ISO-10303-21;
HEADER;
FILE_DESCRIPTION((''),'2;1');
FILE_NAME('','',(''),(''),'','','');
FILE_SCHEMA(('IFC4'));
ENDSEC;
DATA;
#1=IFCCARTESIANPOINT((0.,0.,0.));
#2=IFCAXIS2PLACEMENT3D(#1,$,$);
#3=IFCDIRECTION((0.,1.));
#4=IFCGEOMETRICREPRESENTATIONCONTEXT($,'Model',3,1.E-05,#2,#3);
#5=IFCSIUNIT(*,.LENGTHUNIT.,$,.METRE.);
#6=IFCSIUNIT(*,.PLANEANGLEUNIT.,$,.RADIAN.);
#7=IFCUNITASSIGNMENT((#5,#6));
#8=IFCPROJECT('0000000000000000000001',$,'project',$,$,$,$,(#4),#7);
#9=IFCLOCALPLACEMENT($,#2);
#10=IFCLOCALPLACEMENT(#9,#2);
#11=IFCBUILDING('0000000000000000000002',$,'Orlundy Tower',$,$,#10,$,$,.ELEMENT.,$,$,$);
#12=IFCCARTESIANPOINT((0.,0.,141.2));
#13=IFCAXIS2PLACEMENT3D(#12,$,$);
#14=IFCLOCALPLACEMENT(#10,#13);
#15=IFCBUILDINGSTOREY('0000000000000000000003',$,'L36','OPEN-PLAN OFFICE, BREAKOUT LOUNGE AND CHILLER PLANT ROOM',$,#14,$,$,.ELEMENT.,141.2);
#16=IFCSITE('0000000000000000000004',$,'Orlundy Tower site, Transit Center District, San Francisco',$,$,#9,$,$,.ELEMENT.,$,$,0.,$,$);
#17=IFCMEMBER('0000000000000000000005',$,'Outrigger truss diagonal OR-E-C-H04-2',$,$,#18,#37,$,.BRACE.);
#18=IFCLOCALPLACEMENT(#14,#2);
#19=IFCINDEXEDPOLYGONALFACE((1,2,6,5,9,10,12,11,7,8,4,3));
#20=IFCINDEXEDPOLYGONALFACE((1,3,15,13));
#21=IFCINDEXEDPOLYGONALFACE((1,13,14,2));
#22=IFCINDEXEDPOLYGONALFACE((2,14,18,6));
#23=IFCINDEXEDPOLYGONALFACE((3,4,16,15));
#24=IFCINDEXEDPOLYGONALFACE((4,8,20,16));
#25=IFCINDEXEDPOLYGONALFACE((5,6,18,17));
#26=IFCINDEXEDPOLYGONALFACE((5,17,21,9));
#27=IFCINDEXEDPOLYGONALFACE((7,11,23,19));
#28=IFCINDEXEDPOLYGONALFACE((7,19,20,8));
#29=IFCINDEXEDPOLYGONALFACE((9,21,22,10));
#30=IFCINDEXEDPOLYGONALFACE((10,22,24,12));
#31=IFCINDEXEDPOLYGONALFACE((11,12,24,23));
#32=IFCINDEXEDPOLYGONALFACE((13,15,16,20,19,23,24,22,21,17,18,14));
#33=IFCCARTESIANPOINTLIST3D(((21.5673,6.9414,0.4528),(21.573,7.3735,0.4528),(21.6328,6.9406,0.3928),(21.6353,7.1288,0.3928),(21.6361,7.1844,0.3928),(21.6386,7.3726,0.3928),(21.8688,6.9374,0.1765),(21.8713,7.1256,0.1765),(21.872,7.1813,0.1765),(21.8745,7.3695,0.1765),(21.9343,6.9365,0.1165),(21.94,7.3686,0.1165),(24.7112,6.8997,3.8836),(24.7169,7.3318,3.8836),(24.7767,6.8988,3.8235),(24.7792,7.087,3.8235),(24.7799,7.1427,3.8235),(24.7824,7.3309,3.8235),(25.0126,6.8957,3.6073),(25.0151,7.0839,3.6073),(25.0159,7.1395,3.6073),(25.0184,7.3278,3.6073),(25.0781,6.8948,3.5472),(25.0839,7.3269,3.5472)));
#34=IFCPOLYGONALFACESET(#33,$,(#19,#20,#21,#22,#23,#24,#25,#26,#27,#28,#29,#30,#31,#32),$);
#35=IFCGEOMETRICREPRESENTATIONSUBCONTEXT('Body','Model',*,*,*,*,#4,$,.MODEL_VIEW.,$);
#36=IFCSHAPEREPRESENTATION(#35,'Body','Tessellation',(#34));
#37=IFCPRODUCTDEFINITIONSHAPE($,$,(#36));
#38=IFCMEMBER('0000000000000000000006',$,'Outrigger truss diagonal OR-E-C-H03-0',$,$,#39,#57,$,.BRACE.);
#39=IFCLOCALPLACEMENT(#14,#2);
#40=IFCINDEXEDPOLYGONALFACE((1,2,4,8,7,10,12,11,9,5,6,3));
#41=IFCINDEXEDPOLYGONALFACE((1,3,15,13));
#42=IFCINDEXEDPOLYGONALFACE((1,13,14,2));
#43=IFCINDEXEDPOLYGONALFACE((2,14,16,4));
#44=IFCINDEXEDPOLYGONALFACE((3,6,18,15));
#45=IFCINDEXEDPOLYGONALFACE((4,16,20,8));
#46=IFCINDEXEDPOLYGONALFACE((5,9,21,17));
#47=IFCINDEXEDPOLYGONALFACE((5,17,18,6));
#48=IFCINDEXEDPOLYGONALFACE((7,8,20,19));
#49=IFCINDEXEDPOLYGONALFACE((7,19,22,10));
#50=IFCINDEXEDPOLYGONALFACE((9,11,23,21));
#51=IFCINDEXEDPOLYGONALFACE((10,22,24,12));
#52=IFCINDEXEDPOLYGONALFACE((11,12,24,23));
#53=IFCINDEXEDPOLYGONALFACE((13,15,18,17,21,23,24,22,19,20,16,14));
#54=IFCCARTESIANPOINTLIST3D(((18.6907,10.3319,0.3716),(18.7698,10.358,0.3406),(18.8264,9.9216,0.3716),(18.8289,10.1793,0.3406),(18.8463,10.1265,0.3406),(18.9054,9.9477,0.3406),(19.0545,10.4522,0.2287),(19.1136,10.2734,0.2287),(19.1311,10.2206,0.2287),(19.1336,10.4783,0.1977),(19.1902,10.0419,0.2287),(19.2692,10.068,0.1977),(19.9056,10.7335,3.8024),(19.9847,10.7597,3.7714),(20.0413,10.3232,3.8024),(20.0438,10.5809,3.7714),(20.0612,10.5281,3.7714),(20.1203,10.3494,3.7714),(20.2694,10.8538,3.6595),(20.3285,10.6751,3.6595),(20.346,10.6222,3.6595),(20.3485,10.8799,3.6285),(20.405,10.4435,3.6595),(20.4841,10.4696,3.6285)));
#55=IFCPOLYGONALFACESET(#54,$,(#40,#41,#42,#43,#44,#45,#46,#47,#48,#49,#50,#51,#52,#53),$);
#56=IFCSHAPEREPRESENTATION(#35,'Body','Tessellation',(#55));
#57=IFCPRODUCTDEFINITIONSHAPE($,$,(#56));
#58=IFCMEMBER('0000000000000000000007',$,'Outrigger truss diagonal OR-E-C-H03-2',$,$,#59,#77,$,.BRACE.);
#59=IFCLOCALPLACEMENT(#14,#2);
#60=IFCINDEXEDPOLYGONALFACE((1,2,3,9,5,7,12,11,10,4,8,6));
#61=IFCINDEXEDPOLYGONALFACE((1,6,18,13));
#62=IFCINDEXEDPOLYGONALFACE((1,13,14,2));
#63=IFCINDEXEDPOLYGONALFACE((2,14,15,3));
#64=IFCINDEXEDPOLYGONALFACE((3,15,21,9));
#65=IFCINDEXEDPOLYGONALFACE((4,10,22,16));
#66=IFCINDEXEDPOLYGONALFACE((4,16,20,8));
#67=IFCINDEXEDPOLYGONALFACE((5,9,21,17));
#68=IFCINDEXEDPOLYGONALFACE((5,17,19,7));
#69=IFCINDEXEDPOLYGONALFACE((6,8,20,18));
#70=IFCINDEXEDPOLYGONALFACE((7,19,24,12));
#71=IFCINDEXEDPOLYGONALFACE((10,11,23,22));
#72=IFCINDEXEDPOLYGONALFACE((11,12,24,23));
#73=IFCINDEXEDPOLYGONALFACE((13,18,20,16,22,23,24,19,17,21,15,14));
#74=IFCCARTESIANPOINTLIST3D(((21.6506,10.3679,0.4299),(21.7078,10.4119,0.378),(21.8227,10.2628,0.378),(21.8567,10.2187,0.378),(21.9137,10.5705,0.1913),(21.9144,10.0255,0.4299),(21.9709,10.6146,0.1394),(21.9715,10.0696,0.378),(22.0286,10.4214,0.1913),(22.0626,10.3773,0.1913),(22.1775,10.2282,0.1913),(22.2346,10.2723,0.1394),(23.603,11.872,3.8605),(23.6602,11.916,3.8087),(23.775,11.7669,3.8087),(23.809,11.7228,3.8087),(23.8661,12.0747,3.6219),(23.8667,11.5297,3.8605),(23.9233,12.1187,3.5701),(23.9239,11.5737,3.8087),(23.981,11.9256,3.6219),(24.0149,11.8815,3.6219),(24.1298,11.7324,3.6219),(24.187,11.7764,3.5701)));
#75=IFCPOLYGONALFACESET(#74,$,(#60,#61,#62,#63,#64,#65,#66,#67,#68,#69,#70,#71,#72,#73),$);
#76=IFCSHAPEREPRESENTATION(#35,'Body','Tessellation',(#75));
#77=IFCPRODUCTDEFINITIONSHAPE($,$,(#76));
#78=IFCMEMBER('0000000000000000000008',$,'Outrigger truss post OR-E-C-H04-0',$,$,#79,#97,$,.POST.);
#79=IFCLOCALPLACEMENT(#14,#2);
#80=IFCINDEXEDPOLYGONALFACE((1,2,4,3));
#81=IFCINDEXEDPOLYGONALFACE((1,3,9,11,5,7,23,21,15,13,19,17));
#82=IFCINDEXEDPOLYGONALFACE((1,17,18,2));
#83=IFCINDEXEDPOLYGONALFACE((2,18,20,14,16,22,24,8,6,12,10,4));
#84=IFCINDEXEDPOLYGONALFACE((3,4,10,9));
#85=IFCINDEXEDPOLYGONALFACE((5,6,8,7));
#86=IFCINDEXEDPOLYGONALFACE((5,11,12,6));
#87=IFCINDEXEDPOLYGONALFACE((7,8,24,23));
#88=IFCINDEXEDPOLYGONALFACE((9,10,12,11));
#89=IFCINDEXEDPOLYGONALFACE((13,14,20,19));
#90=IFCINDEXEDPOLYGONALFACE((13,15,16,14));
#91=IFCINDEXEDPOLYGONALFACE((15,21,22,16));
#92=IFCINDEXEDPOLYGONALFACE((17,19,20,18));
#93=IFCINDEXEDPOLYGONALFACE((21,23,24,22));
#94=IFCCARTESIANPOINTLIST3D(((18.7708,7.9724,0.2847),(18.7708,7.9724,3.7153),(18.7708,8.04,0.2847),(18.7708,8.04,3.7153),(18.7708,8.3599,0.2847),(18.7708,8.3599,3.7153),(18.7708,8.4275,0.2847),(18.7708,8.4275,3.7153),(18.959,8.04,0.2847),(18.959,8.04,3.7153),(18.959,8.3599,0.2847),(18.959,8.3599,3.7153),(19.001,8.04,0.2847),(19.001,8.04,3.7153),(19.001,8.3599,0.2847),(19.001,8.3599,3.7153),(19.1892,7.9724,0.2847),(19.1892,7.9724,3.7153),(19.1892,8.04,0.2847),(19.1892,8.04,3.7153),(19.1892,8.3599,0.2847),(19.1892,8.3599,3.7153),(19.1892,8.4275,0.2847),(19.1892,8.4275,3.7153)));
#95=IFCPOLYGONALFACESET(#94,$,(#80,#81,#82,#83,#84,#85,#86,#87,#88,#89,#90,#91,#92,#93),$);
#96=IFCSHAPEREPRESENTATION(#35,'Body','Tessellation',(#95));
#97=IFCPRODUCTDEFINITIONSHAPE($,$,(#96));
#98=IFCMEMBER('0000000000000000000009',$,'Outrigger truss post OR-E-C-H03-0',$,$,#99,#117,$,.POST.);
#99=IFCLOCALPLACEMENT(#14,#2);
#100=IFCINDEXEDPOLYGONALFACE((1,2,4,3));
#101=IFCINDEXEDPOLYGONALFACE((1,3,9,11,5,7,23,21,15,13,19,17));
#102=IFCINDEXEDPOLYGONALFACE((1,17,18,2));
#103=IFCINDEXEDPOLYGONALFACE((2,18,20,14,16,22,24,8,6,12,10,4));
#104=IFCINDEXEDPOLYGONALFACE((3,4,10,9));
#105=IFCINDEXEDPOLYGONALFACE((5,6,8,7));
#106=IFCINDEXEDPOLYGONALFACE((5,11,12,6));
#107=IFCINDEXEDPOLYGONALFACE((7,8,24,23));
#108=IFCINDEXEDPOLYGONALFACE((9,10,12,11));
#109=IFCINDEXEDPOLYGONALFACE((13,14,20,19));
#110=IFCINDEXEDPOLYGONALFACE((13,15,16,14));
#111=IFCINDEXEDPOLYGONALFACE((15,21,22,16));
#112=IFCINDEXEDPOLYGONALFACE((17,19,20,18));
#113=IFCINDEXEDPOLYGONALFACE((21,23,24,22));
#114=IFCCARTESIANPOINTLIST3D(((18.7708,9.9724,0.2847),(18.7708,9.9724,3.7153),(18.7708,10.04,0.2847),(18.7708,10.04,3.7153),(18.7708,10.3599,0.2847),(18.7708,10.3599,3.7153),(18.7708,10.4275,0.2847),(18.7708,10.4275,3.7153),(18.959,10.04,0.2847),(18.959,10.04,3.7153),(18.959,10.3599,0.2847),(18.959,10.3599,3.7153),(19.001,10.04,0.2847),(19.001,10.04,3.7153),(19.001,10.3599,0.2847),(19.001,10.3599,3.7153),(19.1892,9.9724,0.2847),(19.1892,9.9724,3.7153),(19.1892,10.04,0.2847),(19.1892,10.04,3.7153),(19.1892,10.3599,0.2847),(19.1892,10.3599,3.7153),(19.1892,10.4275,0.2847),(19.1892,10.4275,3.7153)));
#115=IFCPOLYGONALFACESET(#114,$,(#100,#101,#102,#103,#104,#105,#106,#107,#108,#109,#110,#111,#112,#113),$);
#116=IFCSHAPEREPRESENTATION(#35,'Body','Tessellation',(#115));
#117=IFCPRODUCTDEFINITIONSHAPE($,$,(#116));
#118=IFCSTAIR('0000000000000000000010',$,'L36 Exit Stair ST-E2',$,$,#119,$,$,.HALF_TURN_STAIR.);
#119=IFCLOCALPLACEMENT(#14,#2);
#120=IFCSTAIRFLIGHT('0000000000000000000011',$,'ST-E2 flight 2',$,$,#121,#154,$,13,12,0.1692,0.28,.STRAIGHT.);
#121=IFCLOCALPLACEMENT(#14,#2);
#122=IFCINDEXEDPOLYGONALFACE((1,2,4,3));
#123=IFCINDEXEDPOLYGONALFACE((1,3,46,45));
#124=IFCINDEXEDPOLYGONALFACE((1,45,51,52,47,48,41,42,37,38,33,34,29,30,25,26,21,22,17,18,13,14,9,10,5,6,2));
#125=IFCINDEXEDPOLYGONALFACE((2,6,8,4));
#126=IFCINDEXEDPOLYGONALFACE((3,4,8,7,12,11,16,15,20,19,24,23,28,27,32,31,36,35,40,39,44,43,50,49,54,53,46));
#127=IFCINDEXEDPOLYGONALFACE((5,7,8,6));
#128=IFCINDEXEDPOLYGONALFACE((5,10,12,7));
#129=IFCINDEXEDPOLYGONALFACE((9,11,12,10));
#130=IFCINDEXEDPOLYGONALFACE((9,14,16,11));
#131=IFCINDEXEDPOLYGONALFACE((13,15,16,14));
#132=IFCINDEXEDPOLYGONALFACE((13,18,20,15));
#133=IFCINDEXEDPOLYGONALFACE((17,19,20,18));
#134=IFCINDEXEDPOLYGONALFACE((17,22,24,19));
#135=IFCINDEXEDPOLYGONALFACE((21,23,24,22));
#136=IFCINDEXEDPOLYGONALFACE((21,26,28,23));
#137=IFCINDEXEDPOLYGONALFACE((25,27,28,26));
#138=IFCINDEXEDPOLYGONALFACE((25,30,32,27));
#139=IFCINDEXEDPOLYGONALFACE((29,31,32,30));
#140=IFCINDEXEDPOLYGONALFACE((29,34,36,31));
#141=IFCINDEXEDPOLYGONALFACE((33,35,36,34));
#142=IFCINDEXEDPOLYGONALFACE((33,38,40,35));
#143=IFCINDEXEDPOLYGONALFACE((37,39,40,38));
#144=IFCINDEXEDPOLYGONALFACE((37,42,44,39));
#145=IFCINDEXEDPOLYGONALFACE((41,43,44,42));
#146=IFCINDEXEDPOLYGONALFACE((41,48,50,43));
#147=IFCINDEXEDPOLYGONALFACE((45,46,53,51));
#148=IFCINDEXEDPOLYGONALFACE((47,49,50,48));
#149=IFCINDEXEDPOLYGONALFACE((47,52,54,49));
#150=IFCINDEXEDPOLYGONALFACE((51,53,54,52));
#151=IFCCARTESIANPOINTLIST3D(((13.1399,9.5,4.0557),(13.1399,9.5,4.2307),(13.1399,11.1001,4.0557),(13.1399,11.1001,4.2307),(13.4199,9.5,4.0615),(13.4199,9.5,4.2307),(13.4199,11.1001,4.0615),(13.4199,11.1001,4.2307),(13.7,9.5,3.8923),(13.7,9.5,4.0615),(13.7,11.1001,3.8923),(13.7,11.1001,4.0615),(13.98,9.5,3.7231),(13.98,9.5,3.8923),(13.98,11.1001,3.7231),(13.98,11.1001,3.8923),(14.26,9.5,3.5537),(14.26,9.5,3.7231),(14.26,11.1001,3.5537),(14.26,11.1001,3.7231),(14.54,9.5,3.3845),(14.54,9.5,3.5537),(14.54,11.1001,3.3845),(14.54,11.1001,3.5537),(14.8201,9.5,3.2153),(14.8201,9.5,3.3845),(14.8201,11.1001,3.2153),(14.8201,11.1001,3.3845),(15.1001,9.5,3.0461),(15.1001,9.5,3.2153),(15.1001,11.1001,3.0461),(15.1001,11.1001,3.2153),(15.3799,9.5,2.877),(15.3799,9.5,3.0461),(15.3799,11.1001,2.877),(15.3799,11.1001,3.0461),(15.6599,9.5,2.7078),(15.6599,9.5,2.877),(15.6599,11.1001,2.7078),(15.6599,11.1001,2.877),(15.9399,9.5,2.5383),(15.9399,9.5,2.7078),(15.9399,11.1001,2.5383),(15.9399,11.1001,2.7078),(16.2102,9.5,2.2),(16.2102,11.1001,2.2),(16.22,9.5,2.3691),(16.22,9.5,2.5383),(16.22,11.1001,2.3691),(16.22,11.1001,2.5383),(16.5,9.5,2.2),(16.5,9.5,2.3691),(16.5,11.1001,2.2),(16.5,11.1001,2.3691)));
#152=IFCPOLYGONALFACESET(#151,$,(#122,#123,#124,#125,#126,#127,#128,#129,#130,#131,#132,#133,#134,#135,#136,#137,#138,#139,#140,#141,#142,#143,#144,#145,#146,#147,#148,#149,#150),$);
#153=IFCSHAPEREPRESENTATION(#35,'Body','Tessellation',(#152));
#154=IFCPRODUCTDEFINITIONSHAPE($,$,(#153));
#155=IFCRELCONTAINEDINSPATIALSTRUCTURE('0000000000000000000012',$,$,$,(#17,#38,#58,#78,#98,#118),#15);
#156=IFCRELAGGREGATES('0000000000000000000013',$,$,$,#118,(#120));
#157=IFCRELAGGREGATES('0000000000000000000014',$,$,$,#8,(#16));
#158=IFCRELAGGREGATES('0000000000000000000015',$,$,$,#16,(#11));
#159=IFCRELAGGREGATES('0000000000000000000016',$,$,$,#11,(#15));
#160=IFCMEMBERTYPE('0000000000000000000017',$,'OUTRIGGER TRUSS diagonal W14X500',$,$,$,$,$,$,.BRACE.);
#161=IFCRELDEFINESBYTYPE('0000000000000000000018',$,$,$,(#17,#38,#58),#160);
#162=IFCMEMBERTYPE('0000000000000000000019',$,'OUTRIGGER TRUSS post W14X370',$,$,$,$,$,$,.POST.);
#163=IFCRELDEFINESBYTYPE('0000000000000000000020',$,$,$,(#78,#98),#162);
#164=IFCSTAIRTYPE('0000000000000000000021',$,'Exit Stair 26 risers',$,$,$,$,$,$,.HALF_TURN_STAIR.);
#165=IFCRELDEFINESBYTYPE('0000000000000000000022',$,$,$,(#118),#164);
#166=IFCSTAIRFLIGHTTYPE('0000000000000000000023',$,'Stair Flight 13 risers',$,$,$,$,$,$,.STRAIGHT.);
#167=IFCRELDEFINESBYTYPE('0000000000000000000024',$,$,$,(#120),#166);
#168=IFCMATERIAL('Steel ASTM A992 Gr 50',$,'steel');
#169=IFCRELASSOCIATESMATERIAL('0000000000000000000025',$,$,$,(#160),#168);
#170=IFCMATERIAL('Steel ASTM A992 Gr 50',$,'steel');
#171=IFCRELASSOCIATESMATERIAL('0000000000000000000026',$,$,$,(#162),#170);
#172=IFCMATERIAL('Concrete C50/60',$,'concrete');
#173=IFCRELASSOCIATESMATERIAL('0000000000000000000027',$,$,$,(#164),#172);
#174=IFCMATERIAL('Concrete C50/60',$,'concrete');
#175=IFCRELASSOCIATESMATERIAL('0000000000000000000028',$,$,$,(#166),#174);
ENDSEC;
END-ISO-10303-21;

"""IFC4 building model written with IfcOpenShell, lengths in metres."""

from ifc_helpers import new_model, si_unit, direction, frame, origin, origin_2d, place, context, subcontext, project, spatial, polyline, i_section, outline, extrude, material, material_profile, profile_set, type_object, element, aggregate, save


model = new_model("IFC4")

# Units and contexts
model_context = context("Model", 3, precision=1e-05, world=origin(), true_north=direction((0.0, 1.0)))
body_context = subcontext(model_context, "Body", "Model", "MODEL_VIEW")
ifc_project = project(units=[si_unit("LENGTHUNIT", "METRE"), si_unit("PLANEANGLEUNIT", "RADIAN")], contexts=[model_context])

# Site, building, storey
site_placement = place(None, origin())
site = spatial("IfcSite", under=ifc_project, at=site_placement, Name="Orlundy Tower site, Transit Center District, San Francisco", CompositionType="ELEMENT", RefElevation=0.0)
building_placement = place(site_placement, origin())
building = spatial("IfcBuilding", under=site, at=building_placement, Name="Orlundy Tower", CompositionType="ELEMENT")
storey_placement = place(building_placement, frame((0.0, 0.0, 141.2)))
storey = spatial("IfcBuildingStorey", under=building, at=storey_placement, Name="L36", Description="OPEN-PLAN OFFICE, BREAKOUT LOUNGE AND CHILLER PLANT ROOM", CompositionType="ELEMENT", Elevation=141.2)

# Members
ifc_material_1 = material(Name="Steel ASTM A992 Gr 50", Category="steel")
ifc_material_profile_1 = material_profile(ifc_material_1, i_section(OverallWidth=0.4321, OverallDepth=0.4978, WebThickness=0.0557, FlangeThickness=0.0889, at=origin_2d()), Name="W14X500")
ifc_profile_set_1 = profile_set([ifc_material_profile_1], Name="Steel ASTM A992 Gr 50")
member_type_1 = type_object("IfcMemberType", Name="OUTRIGGER TRUSS diagonal W14X500", PredefinedType="BRACE", material=ifc_profile_set_1)
member_1_placement = place(storey_placement, frame((21.7537, 7.155, 0.2847), z_axis=(0.675583, -0.008971, 0.737229), x_axis=(0.013278, 0.999912, 0.0)))
element("IfcMember", 1, at=member_1_placement, inside=storey, type_object=member_type_1, Name="Outrigger truss diagonal OR-E-C-H04-2", PredefinedType="BRACE", context=body_context, shape_type="SweptSolid", body=[
    extrude(i_section(OverallWidth=0.4321, OverallDepth=0.4978, WebThickness=0.0557, FlangeThickness=0.0889, at=origin_2d()), origin(), (0.0, 0.0, 1.0), 4.6536),
])
member_2_placement = place(storey_placement, frame((18.98, 10.2, 0.2847), z_axis=(0.331788, 0.109685, 0.936956), x_axis=(-0.31388, 0.949463, 0.0)))
element("IfcMember", 2, at=member_2_placement, inside=storey, type_object=member_type_1, Name="Outrigger truss diagonal OR-E-C-H03-0", PredefinedType="BRACE", context=body_context, shape_type="SweptSolid", body=[
    extrude(i_section(OverallWidth=0.4321, OverallDepth=0.4978, WebThickness=0.0557, FlangeThickness=0.0889, at=origin_2d()), origin(), (0.0, 0.0, 1.0), 3.6616),
])
member_3_placement = place(storey_placement, frame((21.9426, 10.3201, 0.2847), z_axis=(0.462194, 0.35608, 0.812148), x_axis=(-0.610299, 0.792171, 0.0)))
element("IfcMember", 3, at=member_3_placement, inside=storey, type_object=member_type_1, Name="Outrigger truss diagonal OR-E-C-H03-2", PredefinedType="BRACE", context=body_context, shape_type="SweptSolid", body=[
    extrude(i_section(OverallWidth=0.4321, OverallDepth=0.4978, WebThickness=0.0557, FlangeThickness=0.0889, at=origin_2d()), origin(), (0.0, 0.0, 1.0), 4.2241),
])
ifc_material_2 = material(Name="Steel ASTM A992 Gr 50", Category="steel")
ifc_material_profile_2 = material_profile(ifc_material_2, i_section(OverallWidth=0.4185, OverallDepth=0.4551, WebThickness=0.042, FlangeThickness=0.0676, at=origin_2d()), Name="W14X370")
ifc_profile_set_2 = profile_set([ifc_material_profile_2], Name="Steel ASTM A992 Gr 50")
member_type_2 = type_object("IfcMemberType", Name="OUTRIGGER TRUSS post W14X370", PredefinedType="POST", material=ifc_profile_set_2)
for number, where, z_axis, x_axis, name in (
    (4, (18.98, 8.2, 0.2847), (0.0, 0.0, 1.0), (1.0, 0.0, 0.0), "Outrigger truss post OR-E-C-H04-0"),
    (5, (18.98, 10.2, 0.2847), (0.0, 0.0, 1.0), (1.0, 0.0, 0.0), "Outrigger truss post OR-E-C-H03-0"),
):
    element("IfcMember", number, at=place(storey_placement, frame(where, z_axis=z_axis, x_axis=x_axis)), inside=storey, type_object=member_type_2, Name=name, PredefinedType="POST", context=body_context, shape_type="SweptSolid", body=[
        extrude(i_section(OverallWidth=0.4185, OverallDepth=0.4551, WebThickness=0.042, FlangeThickness=0.0676, at=origin_2d()), origin(), (0.0, 0.0, 1.0), 3.4307),
    ])

# Stair, stair flight
ifc_material_3 = material(Name="Concrete C50/60", Category="concrete")
stair_type = type_object("IfcStairType", Name="Exit Stair 26 risers", PredefinedType="HALF_TURN_STAIR", material=ifc_material_3)
stair_placement = place(storey_placement, origin())
stair = element("IfcStair", 6, at=stair_placement, inside=storey, type_object=stair_type, Name="L36 Exit Stair ST-E2", PredefinedType="HALF_TURN_STAIR")
ifc_material_4 = material(Name="Concrete C50/60", Category="concrete")
stair_flight_type = type_object("IfcStairFlightType", Name="Stair Flight 13 risers", PredefinedType="STRAIGHT", material=ifc_material_4)
stair_flight_placement = place(storey_placement, frame((16.5, 10.3, 2.2), z_axis=(0.0, 0.0, 1.0), x_axis=(-1.0, 0.0, 0.0)))
stair_flight = element("IfcStairFlight", 7, at=stair_flight_placement, type_object=stair_flight_type, Name="ST-E2 flight 2", NumberOfRisers=13, NumberOfTreads=12, PredefinedType="STRAIGHT", RiserHeight=0.1692, TreadLength=0.28, context=body_context, shape_type="SweptSolid", body=[
    extrude(outline(polyline([(0.0, 0.0), (0.0, 0.1692), (0.28, 0.1692), (0.28, 0.3384), (0.5601, 0.3384), (0.5601, 0.5078), (0.8401, 0.5078), (0.8401, 0.677), (1.1201, 0.677), (1.1201, 0.8462), (1.3999, 0.8462), (1.3999, 1.0154), (1.6799, 1.0154), (1.6799, 1.1846), (1.96, 1.1846), (1.96, 1.3538), (2.24, 1.3538), (2.24, 1.5232), (2.52, 1.5232), (2.52, 1.6924), (2.8, 1.6924), (2.8, 1.8616), (3.0801, 1.8616), (3.0801, 2.0308), (3.3601, 2.0308), (3.3601, 2.2), (3.3601, 1.8557), (0.2898, 0.0), (0.0, 0.0)])), frame((0.0, 0.8, 0.0), z_axis=(0.0, -1.0, 0.0), x_axis=(1.0, 0.0, 0.0)), (0.0, 0.0, 1.0), 1.6001),
])
aggregate(stair, [stair_flight])

save(model, "model.ifc")
